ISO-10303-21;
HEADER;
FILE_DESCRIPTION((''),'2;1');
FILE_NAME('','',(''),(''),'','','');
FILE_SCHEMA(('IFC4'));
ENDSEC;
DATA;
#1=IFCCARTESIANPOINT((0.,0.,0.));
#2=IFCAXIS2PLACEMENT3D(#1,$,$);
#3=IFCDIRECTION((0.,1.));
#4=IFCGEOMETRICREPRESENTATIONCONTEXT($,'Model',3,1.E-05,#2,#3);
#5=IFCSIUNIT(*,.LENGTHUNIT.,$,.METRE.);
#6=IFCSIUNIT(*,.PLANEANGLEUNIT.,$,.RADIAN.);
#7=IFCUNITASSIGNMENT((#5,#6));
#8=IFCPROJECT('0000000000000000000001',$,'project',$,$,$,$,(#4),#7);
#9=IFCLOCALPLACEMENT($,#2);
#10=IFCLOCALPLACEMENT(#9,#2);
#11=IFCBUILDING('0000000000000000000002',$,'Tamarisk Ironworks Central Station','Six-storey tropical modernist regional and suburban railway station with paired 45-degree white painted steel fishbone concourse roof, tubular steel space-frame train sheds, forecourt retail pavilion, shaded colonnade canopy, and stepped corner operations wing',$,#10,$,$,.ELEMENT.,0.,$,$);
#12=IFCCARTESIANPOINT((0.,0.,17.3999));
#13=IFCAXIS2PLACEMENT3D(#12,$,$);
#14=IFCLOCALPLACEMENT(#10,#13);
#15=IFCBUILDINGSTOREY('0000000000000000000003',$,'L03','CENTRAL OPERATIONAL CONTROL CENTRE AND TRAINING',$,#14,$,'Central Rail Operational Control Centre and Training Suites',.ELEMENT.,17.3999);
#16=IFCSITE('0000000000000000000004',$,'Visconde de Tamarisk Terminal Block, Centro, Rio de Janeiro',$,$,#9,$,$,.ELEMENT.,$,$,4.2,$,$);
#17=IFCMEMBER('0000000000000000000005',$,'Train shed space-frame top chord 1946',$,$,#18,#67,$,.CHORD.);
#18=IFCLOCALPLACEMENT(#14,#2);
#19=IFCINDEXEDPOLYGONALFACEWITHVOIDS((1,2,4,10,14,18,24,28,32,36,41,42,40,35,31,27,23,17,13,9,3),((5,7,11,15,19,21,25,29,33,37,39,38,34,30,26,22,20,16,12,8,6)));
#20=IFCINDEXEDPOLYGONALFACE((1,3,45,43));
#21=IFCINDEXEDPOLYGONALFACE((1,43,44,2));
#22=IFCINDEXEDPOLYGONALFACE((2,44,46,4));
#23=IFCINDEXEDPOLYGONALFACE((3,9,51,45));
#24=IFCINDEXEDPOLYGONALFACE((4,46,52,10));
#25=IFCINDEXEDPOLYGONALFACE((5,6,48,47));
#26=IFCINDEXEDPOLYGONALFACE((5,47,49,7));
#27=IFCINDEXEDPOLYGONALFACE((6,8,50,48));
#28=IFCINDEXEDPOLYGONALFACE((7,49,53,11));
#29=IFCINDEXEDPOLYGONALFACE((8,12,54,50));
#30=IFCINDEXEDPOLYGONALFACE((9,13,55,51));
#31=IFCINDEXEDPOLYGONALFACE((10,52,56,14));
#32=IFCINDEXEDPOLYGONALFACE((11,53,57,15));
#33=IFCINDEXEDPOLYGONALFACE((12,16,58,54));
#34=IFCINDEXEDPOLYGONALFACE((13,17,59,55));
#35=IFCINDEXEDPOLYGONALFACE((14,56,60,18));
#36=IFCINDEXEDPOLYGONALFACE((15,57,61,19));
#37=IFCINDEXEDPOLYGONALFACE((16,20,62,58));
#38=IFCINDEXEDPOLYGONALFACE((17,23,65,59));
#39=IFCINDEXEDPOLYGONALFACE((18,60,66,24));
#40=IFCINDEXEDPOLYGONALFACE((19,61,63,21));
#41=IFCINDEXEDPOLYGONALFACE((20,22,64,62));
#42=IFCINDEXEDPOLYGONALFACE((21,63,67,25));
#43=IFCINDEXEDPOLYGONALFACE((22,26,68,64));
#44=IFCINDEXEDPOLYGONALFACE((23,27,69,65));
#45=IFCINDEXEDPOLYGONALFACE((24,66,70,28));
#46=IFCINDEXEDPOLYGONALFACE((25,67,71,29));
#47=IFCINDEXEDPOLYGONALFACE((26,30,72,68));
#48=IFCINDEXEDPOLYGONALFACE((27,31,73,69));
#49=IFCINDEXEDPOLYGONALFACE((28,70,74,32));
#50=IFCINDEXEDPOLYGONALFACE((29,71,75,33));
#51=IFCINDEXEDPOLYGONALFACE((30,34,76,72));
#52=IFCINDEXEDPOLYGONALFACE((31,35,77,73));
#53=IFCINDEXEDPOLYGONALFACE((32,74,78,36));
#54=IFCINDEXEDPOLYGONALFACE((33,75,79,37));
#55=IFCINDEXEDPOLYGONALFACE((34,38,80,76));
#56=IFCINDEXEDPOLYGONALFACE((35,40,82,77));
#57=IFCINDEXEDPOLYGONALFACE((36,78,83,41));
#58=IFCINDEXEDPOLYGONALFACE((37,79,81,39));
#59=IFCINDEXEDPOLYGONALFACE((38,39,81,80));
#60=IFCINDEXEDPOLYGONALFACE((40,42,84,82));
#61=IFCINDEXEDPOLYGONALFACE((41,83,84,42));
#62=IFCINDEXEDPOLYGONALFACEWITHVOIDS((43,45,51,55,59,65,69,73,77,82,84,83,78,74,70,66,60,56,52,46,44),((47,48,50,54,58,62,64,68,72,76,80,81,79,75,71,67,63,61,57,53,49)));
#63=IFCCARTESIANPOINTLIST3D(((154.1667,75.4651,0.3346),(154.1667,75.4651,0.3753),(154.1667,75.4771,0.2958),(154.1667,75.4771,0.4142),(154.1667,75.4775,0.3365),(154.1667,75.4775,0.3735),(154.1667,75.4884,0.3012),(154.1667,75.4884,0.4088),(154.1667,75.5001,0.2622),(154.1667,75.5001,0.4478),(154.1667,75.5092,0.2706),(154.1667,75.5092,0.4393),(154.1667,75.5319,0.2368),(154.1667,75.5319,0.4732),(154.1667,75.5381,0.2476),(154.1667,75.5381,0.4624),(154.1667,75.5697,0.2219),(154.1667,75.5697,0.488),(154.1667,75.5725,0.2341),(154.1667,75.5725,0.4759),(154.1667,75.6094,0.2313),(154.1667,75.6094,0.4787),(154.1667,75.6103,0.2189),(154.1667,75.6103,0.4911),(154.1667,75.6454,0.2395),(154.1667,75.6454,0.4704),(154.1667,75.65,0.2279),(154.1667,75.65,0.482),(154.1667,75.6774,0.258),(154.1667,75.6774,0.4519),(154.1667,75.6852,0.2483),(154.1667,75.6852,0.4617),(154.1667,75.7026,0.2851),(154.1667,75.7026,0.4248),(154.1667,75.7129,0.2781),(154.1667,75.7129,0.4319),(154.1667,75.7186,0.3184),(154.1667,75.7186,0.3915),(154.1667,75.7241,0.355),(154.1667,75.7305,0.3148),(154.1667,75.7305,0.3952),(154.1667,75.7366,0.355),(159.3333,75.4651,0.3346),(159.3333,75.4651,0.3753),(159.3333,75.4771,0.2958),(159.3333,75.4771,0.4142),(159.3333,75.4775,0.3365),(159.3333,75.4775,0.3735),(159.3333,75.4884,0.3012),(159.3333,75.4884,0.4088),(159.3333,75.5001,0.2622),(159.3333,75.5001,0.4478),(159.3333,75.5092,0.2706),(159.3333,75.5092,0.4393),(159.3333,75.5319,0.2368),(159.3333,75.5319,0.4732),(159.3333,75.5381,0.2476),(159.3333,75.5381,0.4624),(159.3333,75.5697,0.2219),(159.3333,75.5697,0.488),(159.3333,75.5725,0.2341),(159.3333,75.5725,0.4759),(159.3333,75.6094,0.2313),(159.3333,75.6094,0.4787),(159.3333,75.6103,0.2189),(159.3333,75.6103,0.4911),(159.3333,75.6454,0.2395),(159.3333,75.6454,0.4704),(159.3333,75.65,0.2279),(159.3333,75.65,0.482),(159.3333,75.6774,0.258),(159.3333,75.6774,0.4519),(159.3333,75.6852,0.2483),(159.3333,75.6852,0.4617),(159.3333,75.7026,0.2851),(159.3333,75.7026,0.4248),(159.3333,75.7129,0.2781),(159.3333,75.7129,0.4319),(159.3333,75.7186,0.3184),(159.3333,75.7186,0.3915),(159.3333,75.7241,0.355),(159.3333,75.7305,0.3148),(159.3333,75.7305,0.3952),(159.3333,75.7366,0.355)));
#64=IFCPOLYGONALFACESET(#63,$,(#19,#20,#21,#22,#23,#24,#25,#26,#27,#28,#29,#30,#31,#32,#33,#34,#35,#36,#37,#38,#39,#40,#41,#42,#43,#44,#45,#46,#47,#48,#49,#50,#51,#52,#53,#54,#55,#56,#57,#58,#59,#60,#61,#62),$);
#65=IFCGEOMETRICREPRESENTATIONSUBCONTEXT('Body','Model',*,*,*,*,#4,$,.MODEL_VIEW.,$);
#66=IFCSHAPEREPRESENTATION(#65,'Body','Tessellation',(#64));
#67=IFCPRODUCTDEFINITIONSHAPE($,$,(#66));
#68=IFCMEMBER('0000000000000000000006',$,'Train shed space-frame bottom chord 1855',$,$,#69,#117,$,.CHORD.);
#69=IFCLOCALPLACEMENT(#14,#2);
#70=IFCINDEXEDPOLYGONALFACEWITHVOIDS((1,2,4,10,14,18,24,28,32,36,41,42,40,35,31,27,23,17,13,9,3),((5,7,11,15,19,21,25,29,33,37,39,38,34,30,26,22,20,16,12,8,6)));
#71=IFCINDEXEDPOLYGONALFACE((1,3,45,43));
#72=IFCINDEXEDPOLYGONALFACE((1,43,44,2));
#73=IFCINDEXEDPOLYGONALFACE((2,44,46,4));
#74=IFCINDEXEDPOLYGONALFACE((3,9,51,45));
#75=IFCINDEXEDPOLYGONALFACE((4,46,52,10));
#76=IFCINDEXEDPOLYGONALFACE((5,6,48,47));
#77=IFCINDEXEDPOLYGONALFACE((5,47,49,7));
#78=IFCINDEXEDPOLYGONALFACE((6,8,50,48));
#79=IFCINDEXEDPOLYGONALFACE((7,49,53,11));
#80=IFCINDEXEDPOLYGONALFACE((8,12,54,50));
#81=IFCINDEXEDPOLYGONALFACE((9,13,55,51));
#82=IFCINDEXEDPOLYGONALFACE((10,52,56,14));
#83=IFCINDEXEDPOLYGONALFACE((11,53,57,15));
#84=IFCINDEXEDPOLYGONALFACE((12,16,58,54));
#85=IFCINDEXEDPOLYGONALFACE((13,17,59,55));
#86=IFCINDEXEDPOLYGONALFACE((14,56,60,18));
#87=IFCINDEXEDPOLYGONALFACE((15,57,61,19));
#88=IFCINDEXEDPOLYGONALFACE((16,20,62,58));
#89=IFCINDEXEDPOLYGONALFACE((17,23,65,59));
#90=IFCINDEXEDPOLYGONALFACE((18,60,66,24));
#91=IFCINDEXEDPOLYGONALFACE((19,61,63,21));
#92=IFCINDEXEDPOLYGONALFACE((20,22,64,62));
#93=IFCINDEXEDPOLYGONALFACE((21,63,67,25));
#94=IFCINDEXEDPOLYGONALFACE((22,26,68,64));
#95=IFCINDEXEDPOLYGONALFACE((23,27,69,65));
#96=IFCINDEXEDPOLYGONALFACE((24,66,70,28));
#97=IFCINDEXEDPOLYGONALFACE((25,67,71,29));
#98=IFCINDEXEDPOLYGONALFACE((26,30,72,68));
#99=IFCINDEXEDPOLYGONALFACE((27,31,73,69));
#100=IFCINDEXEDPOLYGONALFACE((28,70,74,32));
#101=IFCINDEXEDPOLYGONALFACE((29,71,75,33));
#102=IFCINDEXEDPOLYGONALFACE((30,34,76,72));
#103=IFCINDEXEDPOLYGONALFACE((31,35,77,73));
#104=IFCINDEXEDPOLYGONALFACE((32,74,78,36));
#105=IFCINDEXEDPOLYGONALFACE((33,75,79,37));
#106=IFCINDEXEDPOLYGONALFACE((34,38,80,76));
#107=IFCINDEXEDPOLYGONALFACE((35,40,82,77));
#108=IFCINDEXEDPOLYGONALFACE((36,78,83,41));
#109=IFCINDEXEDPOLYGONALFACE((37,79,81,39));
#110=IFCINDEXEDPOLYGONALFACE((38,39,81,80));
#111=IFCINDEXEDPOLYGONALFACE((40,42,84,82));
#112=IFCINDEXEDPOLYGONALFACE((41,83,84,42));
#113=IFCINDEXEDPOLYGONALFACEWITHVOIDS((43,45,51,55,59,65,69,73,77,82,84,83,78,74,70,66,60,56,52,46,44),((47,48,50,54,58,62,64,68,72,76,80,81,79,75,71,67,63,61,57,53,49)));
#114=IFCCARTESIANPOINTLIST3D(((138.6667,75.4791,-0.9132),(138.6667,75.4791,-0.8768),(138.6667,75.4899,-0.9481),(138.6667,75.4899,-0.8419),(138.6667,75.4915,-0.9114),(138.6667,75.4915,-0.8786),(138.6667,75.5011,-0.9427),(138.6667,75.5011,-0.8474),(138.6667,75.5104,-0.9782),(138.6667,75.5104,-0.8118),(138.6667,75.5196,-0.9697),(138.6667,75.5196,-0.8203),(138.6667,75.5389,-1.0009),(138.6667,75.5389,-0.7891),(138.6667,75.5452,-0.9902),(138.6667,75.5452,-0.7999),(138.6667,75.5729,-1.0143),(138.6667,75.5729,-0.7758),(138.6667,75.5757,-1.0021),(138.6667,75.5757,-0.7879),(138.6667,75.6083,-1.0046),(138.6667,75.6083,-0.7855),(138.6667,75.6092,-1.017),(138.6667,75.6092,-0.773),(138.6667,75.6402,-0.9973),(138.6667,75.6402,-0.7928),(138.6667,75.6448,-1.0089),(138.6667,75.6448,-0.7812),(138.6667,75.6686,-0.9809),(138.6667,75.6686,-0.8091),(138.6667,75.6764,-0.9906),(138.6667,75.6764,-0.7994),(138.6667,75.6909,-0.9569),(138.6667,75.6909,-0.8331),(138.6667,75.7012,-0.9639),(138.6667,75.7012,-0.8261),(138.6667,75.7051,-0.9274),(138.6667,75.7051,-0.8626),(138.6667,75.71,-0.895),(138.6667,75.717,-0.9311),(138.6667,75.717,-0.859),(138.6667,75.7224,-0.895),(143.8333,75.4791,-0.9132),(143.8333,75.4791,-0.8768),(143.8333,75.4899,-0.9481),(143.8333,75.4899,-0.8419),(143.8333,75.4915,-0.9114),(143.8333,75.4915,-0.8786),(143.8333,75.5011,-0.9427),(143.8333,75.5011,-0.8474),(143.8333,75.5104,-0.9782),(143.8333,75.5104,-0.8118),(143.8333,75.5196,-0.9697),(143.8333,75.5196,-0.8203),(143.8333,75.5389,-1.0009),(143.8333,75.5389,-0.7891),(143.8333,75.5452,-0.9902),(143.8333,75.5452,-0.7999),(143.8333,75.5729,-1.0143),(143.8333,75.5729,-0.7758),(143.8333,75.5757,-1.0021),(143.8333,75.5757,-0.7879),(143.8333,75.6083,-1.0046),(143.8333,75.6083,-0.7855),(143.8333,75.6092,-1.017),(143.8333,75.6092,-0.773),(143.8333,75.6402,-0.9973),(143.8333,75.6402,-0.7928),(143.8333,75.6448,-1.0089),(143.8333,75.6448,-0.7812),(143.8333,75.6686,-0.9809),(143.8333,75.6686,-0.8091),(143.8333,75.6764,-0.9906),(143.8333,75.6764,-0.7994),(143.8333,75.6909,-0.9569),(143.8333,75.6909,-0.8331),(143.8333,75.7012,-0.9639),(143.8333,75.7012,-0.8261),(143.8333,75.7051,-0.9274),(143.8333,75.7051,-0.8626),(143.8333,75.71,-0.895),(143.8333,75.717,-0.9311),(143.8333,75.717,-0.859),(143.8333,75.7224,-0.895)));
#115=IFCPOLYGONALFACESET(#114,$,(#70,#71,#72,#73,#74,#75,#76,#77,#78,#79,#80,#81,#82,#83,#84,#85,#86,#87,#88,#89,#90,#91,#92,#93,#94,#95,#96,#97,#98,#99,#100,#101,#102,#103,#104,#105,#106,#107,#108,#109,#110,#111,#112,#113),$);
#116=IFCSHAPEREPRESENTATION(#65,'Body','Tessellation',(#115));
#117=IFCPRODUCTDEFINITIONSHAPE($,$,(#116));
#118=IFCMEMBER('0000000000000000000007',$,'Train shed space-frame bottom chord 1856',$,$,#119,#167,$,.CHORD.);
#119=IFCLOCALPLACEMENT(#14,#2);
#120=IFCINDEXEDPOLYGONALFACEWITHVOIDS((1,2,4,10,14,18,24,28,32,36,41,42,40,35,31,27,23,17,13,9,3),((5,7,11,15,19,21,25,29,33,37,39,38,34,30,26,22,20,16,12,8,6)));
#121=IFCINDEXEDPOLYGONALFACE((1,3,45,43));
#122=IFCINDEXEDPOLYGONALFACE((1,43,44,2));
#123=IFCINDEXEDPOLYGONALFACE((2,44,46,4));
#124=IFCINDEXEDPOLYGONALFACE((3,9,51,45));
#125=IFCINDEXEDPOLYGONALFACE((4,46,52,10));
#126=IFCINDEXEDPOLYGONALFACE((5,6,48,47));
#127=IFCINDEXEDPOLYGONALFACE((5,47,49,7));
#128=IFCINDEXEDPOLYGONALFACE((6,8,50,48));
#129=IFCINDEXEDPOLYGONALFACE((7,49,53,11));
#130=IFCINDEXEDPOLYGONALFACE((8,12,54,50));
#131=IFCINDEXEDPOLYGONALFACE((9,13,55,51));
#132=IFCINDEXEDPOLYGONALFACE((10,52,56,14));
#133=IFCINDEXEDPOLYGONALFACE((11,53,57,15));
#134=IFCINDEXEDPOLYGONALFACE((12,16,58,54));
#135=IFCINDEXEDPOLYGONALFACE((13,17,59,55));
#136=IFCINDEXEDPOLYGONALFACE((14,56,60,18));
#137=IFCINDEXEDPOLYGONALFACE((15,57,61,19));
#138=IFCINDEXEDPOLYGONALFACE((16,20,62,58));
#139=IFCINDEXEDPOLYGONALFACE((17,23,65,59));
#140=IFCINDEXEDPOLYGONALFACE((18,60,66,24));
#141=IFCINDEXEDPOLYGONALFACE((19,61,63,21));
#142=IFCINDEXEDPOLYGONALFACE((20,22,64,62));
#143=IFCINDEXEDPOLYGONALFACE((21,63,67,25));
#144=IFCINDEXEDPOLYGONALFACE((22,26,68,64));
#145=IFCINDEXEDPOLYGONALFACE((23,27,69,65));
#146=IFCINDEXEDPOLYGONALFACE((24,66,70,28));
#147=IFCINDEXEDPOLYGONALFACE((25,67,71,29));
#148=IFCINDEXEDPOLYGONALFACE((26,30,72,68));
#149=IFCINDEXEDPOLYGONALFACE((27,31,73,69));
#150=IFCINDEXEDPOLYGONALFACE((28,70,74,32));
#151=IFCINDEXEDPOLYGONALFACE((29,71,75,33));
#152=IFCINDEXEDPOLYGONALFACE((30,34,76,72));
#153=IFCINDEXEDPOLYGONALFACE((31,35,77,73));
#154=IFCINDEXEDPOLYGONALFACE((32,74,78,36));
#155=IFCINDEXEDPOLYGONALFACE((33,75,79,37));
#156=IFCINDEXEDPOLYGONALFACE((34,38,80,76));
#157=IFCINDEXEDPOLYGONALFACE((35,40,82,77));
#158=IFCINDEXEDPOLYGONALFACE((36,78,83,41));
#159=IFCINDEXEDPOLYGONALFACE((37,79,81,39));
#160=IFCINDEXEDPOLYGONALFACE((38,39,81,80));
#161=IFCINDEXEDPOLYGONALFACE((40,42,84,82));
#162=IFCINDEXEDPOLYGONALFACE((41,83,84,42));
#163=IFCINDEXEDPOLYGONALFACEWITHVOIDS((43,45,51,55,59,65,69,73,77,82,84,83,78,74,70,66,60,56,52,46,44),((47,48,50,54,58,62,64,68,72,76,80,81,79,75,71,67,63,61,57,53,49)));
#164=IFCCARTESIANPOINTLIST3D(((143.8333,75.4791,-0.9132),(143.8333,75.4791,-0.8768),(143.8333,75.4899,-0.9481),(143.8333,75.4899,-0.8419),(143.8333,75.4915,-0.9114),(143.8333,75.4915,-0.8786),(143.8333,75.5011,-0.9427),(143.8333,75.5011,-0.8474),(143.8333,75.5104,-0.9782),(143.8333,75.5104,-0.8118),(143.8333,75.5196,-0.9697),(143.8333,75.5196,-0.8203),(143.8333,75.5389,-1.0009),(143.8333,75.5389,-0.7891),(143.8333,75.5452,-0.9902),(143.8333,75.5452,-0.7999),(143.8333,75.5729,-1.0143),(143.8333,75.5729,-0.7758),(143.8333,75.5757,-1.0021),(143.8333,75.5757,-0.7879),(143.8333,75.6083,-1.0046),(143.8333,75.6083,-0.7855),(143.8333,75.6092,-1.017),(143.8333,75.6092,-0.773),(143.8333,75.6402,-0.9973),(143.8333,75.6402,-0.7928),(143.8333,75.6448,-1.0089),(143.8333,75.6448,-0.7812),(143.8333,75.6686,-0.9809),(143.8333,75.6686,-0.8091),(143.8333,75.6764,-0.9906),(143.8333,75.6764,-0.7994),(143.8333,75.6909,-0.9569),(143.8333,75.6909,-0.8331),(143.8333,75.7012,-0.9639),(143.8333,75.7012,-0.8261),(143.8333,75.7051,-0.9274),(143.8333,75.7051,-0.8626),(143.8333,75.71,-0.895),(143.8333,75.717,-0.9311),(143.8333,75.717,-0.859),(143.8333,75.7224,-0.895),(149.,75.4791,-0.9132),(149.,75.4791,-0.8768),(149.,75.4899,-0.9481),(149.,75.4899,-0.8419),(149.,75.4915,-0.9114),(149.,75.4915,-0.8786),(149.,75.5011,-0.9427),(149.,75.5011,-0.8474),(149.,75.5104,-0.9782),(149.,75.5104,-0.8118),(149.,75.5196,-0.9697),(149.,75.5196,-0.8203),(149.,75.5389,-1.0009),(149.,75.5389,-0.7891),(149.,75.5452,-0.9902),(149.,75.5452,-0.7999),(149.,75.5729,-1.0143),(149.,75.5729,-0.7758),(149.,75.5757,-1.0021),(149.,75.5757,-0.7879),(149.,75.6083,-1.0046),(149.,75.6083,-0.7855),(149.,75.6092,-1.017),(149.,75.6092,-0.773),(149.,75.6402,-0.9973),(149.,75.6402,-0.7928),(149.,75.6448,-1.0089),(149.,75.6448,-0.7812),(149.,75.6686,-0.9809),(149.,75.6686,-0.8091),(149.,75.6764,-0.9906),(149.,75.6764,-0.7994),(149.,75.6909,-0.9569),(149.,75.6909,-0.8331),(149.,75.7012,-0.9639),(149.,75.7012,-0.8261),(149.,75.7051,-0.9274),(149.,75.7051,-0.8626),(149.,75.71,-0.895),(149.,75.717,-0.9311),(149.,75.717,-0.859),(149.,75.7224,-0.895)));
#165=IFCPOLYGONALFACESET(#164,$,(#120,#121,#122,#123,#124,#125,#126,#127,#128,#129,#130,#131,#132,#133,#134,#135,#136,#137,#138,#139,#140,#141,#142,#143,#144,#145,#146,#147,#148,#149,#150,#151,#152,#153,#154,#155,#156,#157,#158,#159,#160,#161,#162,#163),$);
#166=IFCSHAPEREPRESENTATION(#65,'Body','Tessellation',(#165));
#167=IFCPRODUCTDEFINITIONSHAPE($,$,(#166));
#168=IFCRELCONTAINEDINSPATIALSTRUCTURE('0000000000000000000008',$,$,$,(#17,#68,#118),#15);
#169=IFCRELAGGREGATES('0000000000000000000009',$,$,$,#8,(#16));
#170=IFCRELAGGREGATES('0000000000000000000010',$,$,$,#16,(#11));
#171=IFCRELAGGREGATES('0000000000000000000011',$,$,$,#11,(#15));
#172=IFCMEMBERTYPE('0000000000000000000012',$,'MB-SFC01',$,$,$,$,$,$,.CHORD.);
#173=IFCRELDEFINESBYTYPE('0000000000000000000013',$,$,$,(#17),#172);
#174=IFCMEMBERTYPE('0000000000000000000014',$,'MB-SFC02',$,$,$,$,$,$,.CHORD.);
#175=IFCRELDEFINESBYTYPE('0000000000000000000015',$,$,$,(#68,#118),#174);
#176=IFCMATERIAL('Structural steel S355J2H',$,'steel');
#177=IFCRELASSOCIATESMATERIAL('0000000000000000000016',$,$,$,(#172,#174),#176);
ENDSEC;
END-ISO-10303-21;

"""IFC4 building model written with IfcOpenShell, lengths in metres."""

from ifc_helpers import new_model, si_unit, direction, frame, origin, origin_2d, place, context, subcontext, project, spatial, hollow_circle, extrude, material, material_profile, profile_set, type_object, element, save


model = new_model("IFC4")

# Units and contexts
model_context = context("Model", 3, precision=1e-05, world=origin(), true_north=direction((0.0, 1.0)))
body_context = subcontext(model_context, "Body", "Model", "MODEL_VIEW")
ifc_project = project(units=[si_unit("LENGTHUNIT", "METRE"), si_unit("PLANEANGLEUNIT", "RADIAN")], contexts=[model_context])

# Site, building, storey
site_placement = place(None, origin())
site = spatial("IfcSite", under=ifc_project, at=site_placement, Name="Visconde de Tamarisk Terminal Block, Centro, Rio de Janeiro", CompositionType="ELEMENT", RefElevation=4.2)
building_placement = place(site_placement, origin())
building = spatial("IfcBuilding", under=site, at=building_placement, Name="Tamarisk Ironworks Central Station", Description="Six-storey tropical modernist regional and suburban railway station with paired 45-degree white painted steel fishbone concourse roof, tubular steel space-frame train sheds, forecourt retail pavilion, shaded colonnade canopy, and stepped corner operations wing", CompositionType="ELEMENT", ElevationOfRefHeight=0.0)
storey_placement = place(building_placement, frame((0.0, 0.0, 17.3999)))
storey = spatial("IfcBuildingStorey", under=building, at=storey_placement, Name="L03", Description="CENTRAL OPERATIONAL CONTROL CENTRE AND TRAINING", LongName="Central Rail Operational Control Centre and Training Suites", CompositionType="ELEMENT", Elevation=17.3999)

# Members
ifc_material = material(Name="Structural steel S355J2H", Category="steel")
ifc_material_profile_1 = material_profile(ifc_material, hollow_circle(Radius=0.1365, WallThickness=0.0125, at=origin_2d()), Name="CHS 273x12.5")
ifc_profile_set_1 = profile_set([ifc_material_profile_1], Name="Structural steel S355J2H")
member_type_1 = type_object("IfcMemberType", Name="MB-SFC01", PredefinedType="CHORD", material=ifc_profile_set_1)
member_1_placement = place(storey_placement, frame((154.1667, 75.6001, 0.355), z_axis=(1.0, 0.0, 0.0), x_axis=(0.0, 1.0, 0.0)))
element("IfcMember", 1, at=member_1_placement, inside=storey, type_object=member_type_1, Name="Train shed space-frame top chord 1946", PredefinedType="CHORD", context=body_context, shape_type="SweptSolid", body=[
    extrude(hollow_circle(Radius=0.1365, WallThickness=0.0125, at=origin_2d()), origin(), (0.0, 0.0, 1.0), 5.1665),
])
ifc_material_profile_2 = material_profile(ifc_material, hollow_circle(Radius=0.1223, WallThickness=0.0125, at=origin_2d()), Name="CHS 244.5x12.5")
ifc_profile_set_2 = profile_set([ifc_material_profile_2], Name="Structural steel S355J2H")
member_type_2 = type_object("IfcMemberType", Name="MB-SFC02", PredefinedType="CHORD", material=ifc_profile_set_2)
member_2_placement = place(storey_placement, frame((138.6667, 75.6001, -0.895), z_axis=(1.0, 0.0, 0.0), x_axis=(0.0, 1.0, 0.0)))
element("IfcMember", 2, at=member_2_placement, inside=storey, type_object=member_type_2, Name="Train shed space-frame bottom chord 1855", PredefinedType="CHORD", context=body_context, shape_type="SweptSolid", body=[
    extrude(hollow_circle(Radius=0.1223, WallThickness=0.0125, at=origin_2d()), origin(), (0.0, 0.0, 1.0), 5.1665),
])
for number, where, z_axis, x_axis, name in (
    (3, (143.8333, 75.6001, -0.895), (1.0, 0.0, 0.0), (0.0, 1.0, 0.0), "Train shed space-frame bottom chord 1856"),
):
    element("IfcMember", number, at=place(storey_placement, frame(where, z_axis=z_axis, x_axis=x_axis)), inside=storey, type_object=member_type_2, Name=name, PredefinedType="CHORD", context=body_context, shape_type="SweptSolid", body=[
        extrude(hollow_circle(Radius=0.1223, WallThickness=0.0125, at=origin_2d()), origin(), (0.0, 0.0, 1.0), 5.1667),
    ])

save(model, "model.ifc")
